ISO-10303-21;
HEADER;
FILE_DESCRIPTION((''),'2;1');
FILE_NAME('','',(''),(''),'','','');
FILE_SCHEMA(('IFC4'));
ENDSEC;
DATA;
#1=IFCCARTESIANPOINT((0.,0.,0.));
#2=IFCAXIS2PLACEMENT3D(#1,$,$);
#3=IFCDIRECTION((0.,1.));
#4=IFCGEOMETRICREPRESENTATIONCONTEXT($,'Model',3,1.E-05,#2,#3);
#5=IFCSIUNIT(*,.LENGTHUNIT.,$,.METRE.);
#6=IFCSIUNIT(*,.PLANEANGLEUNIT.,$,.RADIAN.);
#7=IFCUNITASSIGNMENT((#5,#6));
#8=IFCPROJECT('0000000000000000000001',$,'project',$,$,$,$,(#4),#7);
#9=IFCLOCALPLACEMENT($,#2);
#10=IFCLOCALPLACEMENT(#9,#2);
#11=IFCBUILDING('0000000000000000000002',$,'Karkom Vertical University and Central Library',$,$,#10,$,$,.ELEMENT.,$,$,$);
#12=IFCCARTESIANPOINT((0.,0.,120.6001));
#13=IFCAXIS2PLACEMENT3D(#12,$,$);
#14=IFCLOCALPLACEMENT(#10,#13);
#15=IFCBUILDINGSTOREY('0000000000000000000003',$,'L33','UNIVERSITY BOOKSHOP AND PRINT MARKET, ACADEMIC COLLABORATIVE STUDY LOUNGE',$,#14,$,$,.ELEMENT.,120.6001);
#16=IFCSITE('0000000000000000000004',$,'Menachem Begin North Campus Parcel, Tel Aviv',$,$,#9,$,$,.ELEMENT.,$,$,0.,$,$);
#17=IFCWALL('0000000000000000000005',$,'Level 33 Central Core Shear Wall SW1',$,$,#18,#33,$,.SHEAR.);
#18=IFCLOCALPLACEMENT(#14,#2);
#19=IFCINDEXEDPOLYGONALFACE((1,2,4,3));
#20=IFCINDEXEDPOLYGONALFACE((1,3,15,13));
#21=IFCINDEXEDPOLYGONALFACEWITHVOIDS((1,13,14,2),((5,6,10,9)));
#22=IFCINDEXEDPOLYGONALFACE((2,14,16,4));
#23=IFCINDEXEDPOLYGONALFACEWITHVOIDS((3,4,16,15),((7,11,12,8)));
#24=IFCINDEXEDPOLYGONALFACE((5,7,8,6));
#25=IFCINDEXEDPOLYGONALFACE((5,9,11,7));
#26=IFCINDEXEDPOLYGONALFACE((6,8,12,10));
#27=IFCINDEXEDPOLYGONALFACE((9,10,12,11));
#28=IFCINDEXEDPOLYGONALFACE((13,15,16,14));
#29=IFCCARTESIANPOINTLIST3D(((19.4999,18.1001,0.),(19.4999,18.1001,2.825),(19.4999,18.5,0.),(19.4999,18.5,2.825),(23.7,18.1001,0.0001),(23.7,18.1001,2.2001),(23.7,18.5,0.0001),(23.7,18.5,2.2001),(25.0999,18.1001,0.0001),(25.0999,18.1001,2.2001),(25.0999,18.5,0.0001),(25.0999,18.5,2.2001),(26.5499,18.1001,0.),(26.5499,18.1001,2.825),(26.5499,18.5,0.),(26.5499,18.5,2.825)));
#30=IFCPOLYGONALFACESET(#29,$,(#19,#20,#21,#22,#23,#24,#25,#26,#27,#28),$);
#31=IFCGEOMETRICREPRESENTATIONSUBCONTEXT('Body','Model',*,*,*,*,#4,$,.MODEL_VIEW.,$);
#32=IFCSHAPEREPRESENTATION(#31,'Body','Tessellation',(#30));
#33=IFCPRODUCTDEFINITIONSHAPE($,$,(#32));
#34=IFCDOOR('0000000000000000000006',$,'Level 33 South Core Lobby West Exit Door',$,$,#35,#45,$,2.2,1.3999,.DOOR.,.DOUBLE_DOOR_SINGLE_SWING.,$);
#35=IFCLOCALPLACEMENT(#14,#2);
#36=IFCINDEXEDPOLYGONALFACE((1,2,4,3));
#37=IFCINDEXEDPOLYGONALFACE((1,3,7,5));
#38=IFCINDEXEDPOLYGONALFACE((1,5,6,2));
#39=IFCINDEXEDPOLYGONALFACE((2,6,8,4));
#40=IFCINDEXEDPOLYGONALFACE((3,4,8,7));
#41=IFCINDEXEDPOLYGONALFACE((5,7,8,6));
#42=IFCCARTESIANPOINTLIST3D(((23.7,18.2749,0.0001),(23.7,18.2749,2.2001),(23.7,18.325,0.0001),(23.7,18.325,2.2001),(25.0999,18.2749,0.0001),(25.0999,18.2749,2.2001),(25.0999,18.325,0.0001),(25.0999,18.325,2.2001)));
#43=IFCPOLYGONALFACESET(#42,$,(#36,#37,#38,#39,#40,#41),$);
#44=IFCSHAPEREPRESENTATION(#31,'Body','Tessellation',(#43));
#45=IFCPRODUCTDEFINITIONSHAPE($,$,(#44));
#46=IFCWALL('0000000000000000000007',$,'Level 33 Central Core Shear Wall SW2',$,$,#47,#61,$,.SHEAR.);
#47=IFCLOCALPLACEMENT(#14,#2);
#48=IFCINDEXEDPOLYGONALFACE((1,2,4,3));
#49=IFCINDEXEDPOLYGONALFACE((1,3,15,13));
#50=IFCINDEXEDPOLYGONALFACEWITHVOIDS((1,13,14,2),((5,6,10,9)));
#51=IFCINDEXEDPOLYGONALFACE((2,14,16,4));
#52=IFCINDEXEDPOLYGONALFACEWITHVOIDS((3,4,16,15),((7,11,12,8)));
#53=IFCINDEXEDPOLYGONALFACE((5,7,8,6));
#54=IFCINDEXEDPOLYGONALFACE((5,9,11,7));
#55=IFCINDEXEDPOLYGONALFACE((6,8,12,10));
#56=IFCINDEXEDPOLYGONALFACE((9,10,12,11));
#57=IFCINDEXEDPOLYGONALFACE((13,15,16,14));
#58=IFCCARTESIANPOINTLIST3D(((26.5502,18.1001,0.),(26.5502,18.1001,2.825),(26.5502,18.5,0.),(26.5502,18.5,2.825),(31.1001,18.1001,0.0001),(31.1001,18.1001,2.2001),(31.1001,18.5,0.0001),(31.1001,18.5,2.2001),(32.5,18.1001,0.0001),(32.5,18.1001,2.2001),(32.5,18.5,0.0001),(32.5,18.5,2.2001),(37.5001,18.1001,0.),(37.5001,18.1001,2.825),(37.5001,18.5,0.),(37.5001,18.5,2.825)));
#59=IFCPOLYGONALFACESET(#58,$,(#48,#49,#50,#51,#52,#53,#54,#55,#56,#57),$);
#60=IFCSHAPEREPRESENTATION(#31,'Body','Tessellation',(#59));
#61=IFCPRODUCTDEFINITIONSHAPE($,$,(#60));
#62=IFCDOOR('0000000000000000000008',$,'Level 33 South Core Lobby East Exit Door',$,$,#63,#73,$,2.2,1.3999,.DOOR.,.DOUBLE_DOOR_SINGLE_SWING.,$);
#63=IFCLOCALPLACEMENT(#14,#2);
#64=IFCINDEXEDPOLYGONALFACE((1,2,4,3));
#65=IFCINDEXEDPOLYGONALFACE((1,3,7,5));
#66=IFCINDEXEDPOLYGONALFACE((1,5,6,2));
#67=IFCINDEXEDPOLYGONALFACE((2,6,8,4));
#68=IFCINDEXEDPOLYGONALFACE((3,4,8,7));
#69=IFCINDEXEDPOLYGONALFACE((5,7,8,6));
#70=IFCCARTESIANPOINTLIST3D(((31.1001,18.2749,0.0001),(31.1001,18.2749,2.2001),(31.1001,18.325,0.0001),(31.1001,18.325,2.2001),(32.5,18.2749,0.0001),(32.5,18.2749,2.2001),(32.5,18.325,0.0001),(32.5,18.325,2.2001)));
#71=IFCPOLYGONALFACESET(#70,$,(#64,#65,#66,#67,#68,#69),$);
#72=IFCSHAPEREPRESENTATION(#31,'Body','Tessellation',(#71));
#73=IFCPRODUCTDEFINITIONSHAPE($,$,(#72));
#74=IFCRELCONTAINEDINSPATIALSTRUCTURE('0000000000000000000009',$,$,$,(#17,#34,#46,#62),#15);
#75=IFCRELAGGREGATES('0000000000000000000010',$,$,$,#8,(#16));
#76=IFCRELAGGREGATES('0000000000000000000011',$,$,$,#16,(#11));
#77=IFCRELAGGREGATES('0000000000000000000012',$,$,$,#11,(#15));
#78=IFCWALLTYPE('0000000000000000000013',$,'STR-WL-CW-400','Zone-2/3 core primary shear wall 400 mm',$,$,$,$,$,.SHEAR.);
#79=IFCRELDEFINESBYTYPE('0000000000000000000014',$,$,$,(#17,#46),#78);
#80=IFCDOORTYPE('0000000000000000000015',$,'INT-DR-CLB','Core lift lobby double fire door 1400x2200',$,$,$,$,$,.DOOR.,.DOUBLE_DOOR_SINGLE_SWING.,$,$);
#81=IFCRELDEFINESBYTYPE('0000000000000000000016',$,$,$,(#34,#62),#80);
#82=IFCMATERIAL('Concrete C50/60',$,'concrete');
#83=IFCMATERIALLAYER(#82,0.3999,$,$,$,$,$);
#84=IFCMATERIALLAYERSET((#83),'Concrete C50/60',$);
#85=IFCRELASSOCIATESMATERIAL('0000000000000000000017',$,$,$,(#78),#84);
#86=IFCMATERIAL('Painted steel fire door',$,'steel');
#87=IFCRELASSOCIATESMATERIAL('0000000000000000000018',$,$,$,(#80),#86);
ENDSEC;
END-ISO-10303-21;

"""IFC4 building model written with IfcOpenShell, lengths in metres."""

from ifc_helpers import new_model, si_unit, direction, frame, frame_2d, origin, origin_with_axes, place, context, subcontext, project, spatial, rectangle, extrude, source, transform, mapped, material, layer, layer_set, type_object, element, fill, save


model = new_model("IFC4")

# Units and contexts
model_context = context("Model", 3, precision=1e-05, world=origin(), true_north=direction((0.0, 1.0)))
body_context = subcontext(model_context, "Body", "Model", "MODEL_VIEW")
ifc_project = project(units=[si_unit("LENGTHUNIT", "METRE"), si_unit("PLANEANGLEUNIT", "RADIAN")], contexts=[model_context])

# Site, building, storey
site_placement = place(None, origin())
site = spatial("IfcSite", under=ifc_project, at=site_placement, Name="Menachem Begin North Campus Parcel, Tel Aviv", CompositionType="ELEMENT", RefElevation=0.0)
building_placement = place(site_placement, origin())
building = spatial("IfcBuilding", under=site, at=building_placement, Name="Karkom Vertical University and Central Library", CompositionType="ELEMENT")
storey_placement = place(building_placement, frame((0.0, 0.0, 120.6001)))
storey = spatial("IfcBuildingStorey", under=building, at=storey_placement, Name="L33", Description="UNIVERSITY BOOKSHOP AND PRINT MARKET, ACADEMIC COLLABORATIVE STUDY LOUNGE", CompositionType="ELEMENT", Elevation=120.6001)

# Shared definitions
ifc_material_1 = material(Name="Concrete C50/60", Category="concrete")

# Walls, openings, doors
ifc_layer_1 = layer(ifc_material_1, 0.3999)
ifc_layer_set_1 = layer_set([ifc_layer_1], Name="Concrete C50/60")
wall_type_1 = type_object("IfcWallType", Name="STR-WL-CW-400", Description="Zone-2/3 core primary shear wall 400 mm", PredefinedType="SHEAR", material=ifc_layer_set_1)
wall_1_placement = place(storey_placement, frame((19.5, 18.3, 0.0), z_axis=(0.0, 0.0, 1.0), x_axis=(1.0, 0.0, 0.0)))
wall_1 = element("IfcWall", 1, at=wall_1_placement, inside=storey, type_object=wall_type_1, Name="Level 33 Central Core Shear Wall SW1", PredefinedType="SHEAR", context=body_context, shape_type="SweptSolid", body=[
    extrude(rectangle(XDim=7.05, YDim=0.3999, at=frame_2d((3.5249, 0.0))), origin(), (0.0, 0.0, 1.0), 2.825),
])
opening_1_placement = place(wall_1_placement, frame((4.2, 0.0, 0.0)))
opening_1 = element("IfcOpeningElement", 2, at=opening_1_placement, cuts=wall_1, PredefinedType="OPENING", context=body_context, shape_type="SweptSolid", body=[
    extrude(rectangle(XDim=1.3999, YDim=2.2, at=frame_2d((0.7, 1.1001))), frame((0.0, 0.21, 0.0), z_axis=(0.0, -1.0, 0.0), x_axis=(1.0, 0.0, 0.0)), (0.0, 0.0, 1.0), 0.4199),
])
ifc_material_2 = material(Name="Painted steel fire door", Category="steel")
door_type_1 = type_object("IfcDoorType", Name="INT-DR-CLB", Description="Core lift lobby double fire door 1400x2200", OperationType="DOUBLE_DOOR_SINGLE_SWING", PredefinedType="DOOR", material=ifc_material_2)
shared_shape_1 = source(origin_with_axes(), body_context, "Body", "SweptSolid", [
    extrude(rectangle(XDim=1.3999, YDim=2.2, at=frame_2d((0.7, 1.1001))), frame((0.0, 0.0249, 0.0), z_axis=(0.0, -1.0, 0.0), x_axis=(1.0, 0.0, 0.0)), (0.0, 0.0, 1.0), 0.05),
])
door_1_placement = place(opening_1_placement, origin())
door_1 = element("IfcDoor", 3, at=door_1_placement, inside=storey, type_object=door_type_1, Name="Level 33 South Core Lobby West Exit Door", OperationType="DOUBLE_DOOR_SINGLE_SWING", OverallHeight=2.2, OverallWidth=1.3999, PredefinedType="DOOR", context=body_context, shape_type="MappedRepresentation", body=[
    mapped(shared_shape_1, transform((0.0, 0.0, 0.0), scale=1.0)),
])
fill(opening_1, door_1)
wall_2_placement = place(storey_placement, frame((26.55, 18.3, 0.0), z_axis=(0.0, 0.0, 1.0), x_axis=(1.0, 0.0, 0.0)))
wall_2 = element("IfcWall", 4, at=wall_2_placement, inside=storey, type_object=wall_type_1, Name="Level 33 Central Core Shear Wall SW2", PredefinedType="SHEAR", context=body_context, shape_type="SweptSolid", body=[
    extrude(rectangle(XDim=10.95, YDim=0.3999, at=frame_2d((5.4751, 0.0))), origin(), (0.0, 0.0, 1.0), 2.825),
])
opening_2_placement = place(wall_2_placement, frame((4.55, 0.0, 0.0)))
opening_2 = element("IfcOpeningElement", 5, at=opening_2_placement, cuts=wall_2, PredefinedType="OPENING", context=body_context, shape_type="SweptSolid", body=[
    extrude(rectangle(XDim=1.3999, YDim=2.2, at=frame_2d((0.7, 1.1001))), frame((0.0, 0.21, 0.0), z_axis=(0.0, -1.0, 0.0), x_axis=(1.0, 0.0, 0.0)), (0.0, 0.0, 1.0), 0.4199),
])
door_2_placement = place(opening_2_placement, origin())
door_2 = element("IfcDoor", 6, at=door_2_placement, inside=storey, type_object=door_type_1, Name="Level 33 South Core Lobby East Exit Door", OperationType="DOUBLE_DOOR_SINGLE_SWING", OverallHeight=2.2, OverallWidth=1.3999, PredefinedType="DOOR", context=body_context, shape_type="MappedRepresentation", body=[
    mapped(shared_shape_1, transform((0.0, 0.0, 0.0), scale=1.0)),
])
fill(opening_2, door_2)

save(model, "model.ifc")
